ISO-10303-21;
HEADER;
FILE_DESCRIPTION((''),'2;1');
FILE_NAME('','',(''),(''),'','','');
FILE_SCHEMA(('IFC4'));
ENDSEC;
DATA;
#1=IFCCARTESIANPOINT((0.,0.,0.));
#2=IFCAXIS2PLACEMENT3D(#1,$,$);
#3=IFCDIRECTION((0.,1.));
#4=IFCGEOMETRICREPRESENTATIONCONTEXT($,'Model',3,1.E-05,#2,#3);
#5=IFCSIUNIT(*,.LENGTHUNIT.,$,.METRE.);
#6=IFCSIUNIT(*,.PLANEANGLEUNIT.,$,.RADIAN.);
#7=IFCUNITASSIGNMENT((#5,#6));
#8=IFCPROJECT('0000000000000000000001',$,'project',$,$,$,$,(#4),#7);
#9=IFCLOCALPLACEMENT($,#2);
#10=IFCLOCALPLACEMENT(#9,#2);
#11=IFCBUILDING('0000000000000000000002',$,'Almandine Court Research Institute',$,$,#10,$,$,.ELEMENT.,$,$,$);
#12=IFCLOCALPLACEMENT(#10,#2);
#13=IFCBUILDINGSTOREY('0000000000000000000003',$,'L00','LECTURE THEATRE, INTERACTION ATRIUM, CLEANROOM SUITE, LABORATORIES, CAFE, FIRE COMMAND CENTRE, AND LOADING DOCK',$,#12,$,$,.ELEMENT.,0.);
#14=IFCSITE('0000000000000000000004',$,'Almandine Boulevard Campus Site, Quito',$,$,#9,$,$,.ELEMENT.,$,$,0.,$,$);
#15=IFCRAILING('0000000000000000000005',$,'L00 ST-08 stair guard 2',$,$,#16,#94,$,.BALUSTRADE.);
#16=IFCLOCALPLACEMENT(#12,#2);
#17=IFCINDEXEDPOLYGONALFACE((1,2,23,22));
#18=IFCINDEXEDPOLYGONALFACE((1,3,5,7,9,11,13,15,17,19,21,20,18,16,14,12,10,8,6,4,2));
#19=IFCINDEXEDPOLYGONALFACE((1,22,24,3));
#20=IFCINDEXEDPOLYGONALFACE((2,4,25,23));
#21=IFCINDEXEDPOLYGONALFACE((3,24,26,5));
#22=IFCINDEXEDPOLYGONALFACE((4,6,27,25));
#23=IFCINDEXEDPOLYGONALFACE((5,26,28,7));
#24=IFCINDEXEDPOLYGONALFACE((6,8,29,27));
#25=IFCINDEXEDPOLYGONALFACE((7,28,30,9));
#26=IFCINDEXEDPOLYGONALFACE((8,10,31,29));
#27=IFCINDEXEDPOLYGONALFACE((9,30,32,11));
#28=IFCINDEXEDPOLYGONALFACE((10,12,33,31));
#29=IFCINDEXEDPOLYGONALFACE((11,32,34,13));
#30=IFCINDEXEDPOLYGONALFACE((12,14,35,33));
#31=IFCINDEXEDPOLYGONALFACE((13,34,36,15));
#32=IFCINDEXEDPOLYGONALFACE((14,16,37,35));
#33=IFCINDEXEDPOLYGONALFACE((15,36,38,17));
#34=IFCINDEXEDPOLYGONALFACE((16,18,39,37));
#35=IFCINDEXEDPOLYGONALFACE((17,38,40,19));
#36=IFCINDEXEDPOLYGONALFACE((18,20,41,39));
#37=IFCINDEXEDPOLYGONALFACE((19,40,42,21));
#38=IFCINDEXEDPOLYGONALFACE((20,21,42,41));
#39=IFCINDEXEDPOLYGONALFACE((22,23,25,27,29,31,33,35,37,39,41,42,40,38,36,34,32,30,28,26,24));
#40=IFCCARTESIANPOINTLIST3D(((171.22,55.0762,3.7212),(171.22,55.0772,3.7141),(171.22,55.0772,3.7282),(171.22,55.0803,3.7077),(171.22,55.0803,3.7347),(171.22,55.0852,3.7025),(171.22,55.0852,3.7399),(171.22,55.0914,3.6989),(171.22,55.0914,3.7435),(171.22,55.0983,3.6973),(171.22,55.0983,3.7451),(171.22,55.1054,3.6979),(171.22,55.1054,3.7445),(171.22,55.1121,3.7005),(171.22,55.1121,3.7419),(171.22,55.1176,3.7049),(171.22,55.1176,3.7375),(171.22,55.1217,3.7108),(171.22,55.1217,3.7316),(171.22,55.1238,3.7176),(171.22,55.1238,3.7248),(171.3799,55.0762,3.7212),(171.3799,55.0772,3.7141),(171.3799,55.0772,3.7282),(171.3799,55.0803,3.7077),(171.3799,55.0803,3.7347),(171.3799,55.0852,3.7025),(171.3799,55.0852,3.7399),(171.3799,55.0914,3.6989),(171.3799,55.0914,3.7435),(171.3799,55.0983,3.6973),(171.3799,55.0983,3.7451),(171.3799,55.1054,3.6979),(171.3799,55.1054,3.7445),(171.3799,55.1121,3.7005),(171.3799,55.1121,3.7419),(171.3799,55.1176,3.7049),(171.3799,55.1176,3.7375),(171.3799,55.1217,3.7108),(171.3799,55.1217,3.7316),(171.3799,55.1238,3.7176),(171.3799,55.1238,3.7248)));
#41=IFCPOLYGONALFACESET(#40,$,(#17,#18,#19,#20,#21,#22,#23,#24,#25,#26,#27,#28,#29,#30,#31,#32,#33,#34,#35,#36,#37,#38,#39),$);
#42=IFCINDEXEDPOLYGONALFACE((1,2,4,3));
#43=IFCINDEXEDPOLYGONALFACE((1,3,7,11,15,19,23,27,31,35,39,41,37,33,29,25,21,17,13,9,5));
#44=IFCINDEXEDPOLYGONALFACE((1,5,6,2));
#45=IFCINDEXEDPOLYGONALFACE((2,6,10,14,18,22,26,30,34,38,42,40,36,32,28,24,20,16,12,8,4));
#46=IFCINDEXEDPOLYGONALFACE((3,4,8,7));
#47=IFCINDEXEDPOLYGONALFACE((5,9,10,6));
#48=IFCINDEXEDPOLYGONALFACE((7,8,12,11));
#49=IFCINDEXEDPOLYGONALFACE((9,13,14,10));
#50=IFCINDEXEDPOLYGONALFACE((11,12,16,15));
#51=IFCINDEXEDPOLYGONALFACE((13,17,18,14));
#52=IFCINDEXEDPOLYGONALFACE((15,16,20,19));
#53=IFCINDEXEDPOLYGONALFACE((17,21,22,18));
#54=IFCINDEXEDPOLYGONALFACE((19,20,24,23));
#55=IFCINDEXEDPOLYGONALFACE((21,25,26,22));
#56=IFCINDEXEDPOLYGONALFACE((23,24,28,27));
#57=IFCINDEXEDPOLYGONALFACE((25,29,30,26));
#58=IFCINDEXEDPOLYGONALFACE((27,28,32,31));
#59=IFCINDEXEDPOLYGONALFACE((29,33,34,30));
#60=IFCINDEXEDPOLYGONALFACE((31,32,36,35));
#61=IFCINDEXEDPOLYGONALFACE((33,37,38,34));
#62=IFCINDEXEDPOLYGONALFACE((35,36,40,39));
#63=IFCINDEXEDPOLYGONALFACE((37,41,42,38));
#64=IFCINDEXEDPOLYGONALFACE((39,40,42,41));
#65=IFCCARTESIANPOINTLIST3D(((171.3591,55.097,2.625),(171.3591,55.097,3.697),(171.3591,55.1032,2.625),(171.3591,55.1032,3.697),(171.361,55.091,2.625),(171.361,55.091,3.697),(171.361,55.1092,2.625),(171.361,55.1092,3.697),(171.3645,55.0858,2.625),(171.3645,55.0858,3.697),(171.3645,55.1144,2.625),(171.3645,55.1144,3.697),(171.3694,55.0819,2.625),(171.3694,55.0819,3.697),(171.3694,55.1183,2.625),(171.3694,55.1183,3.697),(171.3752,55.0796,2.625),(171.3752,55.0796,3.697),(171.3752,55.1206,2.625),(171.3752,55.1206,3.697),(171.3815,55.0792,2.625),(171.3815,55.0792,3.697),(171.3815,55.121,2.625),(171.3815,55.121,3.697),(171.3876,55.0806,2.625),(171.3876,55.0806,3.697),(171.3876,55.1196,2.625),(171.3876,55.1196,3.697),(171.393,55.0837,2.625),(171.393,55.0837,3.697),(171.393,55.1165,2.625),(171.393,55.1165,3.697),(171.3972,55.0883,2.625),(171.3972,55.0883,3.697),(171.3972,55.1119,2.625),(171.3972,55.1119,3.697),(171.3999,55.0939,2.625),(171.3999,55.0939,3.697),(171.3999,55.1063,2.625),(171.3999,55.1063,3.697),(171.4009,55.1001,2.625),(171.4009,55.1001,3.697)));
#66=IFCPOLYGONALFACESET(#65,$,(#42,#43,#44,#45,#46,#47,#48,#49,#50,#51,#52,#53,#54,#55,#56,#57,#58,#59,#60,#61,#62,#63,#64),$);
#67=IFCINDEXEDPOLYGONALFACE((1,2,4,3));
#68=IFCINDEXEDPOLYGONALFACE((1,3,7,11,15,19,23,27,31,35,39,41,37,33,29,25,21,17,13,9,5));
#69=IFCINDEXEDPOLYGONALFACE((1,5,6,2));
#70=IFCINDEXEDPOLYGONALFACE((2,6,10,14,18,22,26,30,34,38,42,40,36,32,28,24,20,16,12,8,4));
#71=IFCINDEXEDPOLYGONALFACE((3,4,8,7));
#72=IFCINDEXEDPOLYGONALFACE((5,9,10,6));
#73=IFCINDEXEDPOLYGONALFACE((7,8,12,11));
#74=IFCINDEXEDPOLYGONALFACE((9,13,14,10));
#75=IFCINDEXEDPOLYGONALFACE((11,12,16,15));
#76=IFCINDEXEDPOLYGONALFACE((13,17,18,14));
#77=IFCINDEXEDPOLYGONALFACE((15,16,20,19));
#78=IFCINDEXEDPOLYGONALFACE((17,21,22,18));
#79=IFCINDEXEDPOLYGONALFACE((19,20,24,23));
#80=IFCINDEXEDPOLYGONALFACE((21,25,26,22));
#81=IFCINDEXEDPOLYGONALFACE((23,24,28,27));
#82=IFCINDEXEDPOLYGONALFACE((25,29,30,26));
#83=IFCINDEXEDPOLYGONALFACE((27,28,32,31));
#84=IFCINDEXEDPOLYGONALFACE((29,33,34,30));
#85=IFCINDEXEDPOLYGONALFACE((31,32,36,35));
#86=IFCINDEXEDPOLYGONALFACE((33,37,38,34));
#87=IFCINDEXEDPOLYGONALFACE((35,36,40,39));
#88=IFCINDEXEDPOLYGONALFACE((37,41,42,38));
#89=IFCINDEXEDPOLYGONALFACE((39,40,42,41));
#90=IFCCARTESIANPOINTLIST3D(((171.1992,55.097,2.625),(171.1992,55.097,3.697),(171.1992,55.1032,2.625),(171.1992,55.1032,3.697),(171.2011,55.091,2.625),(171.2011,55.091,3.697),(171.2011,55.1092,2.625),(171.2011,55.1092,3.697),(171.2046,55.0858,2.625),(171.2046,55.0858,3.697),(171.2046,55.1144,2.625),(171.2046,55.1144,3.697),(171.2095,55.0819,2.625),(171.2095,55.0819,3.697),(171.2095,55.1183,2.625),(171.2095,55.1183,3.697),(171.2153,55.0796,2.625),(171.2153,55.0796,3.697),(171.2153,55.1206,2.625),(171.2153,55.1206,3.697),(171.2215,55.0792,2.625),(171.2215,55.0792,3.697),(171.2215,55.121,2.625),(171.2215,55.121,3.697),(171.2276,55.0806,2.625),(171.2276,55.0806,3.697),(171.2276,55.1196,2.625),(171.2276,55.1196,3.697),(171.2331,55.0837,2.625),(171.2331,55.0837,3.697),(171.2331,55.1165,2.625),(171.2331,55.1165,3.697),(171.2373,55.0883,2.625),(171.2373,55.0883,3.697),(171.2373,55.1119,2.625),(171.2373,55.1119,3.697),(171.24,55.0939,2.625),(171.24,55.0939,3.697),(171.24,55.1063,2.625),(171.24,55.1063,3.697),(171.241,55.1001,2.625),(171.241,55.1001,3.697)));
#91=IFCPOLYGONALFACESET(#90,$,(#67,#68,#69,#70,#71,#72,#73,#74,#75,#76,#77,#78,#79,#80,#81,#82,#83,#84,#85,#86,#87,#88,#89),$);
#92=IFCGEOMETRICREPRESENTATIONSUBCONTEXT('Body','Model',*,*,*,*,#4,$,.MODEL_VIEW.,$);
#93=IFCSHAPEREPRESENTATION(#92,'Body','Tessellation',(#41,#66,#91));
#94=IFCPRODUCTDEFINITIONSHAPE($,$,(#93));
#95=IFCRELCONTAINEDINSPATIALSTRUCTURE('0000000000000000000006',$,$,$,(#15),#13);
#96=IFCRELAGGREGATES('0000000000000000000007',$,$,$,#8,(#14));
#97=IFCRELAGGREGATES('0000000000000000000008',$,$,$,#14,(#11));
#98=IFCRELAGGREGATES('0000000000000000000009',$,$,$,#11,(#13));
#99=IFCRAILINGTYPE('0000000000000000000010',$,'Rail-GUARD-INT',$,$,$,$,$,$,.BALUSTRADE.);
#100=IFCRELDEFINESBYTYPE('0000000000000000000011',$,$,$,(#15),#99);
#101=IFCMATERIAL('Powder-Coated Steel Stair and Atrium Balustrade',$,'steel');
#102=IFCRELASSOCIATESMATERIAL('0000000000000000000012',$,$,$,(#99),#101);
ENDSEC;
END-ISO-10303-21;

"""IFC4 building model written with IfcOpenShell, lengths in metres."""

from ifc_helpers import new_model, si_unit, direction, frame, origin, origin_2d, place, context, subcontext, project, spatial, circle, extrude, material, type_object, element, save


model = new_model("IFC4")

# Units and contexts
model_context = context("Model", 3, precision=1e-05, world=origin(), true_north=direction((0.0, 1.0)))
body_context = subcontext(model_context, "Body", "Model", "MODEL_VIEW")
ifc_project = project(units=[si_unit("LENGTHUNIT", "METRE"), si_unit("PLANEANGLEUNIT", "RADIAN")], contexts=[model_context])

# Site, building, storey
site_placement = place(None, origin())
site = spatial("IfcSite", under=ifc_project, at=site_placement, Name="Almandine Boulevard Campus Site, Quito", CompositionType="ELEMENT", RefElevation=0.0)
building_placement = place(site_placement, origin())
building = spatial("IfcBuilding", under=site, at=building_placement, Name="Almandine Court Research Institute", CompositionType="ELEMENT")
storey_placement = place(building_placement, origin())
storey = spatial("IfcBuildingStorey", under=building, at=storey_placement, Name="L00", Description="LECTURE THEATRE, INTERACTION ATRIUM, CLEANROOM SUITE, LABORATORIES, CAFE, FIRE COMMAND CENTRE, AND LOADING DOCK", CompositionType="ELEMENT", Elevation=0.0)

# Railing
ifc_material_1 = material(Name="Powder-Coated Steel Stair and Atrium Balustrade", Category="steel")
railing_type_1 = type_object("IfcRailingType", Name="Rail-GUARD-INT", PredefinedType="BALUSTRADE", material=ifc_material_1)
railing_1_placement = place(storey_placement, frame((171.3799, 55.1001, 2.625)))
element("IfcRailing", 1, at=railing_1_placement, inside=storey, type_object=railing_type_1, Name="L00 ST-08 stair guard 2", PredefinedType="BALUSTRADE", context=body_context, shape_type="SweptSolid", body=[
    extrude(circle(Radius=0.0239, at=origin_2d()), frame((0.0, 0.0, 1.0962), z_axis=(-1.0, 0.0, 0.0), x_axis=(0.0, -1.0, 0.0)), (0.0, 0.0, 1.0), 0.1599),
    extrude(circle(Radius=0.021, at=origin_2d()), origin(), (0.0, 0.0, 1.0), 1.072),
    extrude(circle(Radius=0.021, at=origin_2d()), frame((-0.1599, 0.0, 0.0)), (0.0, 0.0, 1.0), 1.072),
])

save(model, "model.ifc")
